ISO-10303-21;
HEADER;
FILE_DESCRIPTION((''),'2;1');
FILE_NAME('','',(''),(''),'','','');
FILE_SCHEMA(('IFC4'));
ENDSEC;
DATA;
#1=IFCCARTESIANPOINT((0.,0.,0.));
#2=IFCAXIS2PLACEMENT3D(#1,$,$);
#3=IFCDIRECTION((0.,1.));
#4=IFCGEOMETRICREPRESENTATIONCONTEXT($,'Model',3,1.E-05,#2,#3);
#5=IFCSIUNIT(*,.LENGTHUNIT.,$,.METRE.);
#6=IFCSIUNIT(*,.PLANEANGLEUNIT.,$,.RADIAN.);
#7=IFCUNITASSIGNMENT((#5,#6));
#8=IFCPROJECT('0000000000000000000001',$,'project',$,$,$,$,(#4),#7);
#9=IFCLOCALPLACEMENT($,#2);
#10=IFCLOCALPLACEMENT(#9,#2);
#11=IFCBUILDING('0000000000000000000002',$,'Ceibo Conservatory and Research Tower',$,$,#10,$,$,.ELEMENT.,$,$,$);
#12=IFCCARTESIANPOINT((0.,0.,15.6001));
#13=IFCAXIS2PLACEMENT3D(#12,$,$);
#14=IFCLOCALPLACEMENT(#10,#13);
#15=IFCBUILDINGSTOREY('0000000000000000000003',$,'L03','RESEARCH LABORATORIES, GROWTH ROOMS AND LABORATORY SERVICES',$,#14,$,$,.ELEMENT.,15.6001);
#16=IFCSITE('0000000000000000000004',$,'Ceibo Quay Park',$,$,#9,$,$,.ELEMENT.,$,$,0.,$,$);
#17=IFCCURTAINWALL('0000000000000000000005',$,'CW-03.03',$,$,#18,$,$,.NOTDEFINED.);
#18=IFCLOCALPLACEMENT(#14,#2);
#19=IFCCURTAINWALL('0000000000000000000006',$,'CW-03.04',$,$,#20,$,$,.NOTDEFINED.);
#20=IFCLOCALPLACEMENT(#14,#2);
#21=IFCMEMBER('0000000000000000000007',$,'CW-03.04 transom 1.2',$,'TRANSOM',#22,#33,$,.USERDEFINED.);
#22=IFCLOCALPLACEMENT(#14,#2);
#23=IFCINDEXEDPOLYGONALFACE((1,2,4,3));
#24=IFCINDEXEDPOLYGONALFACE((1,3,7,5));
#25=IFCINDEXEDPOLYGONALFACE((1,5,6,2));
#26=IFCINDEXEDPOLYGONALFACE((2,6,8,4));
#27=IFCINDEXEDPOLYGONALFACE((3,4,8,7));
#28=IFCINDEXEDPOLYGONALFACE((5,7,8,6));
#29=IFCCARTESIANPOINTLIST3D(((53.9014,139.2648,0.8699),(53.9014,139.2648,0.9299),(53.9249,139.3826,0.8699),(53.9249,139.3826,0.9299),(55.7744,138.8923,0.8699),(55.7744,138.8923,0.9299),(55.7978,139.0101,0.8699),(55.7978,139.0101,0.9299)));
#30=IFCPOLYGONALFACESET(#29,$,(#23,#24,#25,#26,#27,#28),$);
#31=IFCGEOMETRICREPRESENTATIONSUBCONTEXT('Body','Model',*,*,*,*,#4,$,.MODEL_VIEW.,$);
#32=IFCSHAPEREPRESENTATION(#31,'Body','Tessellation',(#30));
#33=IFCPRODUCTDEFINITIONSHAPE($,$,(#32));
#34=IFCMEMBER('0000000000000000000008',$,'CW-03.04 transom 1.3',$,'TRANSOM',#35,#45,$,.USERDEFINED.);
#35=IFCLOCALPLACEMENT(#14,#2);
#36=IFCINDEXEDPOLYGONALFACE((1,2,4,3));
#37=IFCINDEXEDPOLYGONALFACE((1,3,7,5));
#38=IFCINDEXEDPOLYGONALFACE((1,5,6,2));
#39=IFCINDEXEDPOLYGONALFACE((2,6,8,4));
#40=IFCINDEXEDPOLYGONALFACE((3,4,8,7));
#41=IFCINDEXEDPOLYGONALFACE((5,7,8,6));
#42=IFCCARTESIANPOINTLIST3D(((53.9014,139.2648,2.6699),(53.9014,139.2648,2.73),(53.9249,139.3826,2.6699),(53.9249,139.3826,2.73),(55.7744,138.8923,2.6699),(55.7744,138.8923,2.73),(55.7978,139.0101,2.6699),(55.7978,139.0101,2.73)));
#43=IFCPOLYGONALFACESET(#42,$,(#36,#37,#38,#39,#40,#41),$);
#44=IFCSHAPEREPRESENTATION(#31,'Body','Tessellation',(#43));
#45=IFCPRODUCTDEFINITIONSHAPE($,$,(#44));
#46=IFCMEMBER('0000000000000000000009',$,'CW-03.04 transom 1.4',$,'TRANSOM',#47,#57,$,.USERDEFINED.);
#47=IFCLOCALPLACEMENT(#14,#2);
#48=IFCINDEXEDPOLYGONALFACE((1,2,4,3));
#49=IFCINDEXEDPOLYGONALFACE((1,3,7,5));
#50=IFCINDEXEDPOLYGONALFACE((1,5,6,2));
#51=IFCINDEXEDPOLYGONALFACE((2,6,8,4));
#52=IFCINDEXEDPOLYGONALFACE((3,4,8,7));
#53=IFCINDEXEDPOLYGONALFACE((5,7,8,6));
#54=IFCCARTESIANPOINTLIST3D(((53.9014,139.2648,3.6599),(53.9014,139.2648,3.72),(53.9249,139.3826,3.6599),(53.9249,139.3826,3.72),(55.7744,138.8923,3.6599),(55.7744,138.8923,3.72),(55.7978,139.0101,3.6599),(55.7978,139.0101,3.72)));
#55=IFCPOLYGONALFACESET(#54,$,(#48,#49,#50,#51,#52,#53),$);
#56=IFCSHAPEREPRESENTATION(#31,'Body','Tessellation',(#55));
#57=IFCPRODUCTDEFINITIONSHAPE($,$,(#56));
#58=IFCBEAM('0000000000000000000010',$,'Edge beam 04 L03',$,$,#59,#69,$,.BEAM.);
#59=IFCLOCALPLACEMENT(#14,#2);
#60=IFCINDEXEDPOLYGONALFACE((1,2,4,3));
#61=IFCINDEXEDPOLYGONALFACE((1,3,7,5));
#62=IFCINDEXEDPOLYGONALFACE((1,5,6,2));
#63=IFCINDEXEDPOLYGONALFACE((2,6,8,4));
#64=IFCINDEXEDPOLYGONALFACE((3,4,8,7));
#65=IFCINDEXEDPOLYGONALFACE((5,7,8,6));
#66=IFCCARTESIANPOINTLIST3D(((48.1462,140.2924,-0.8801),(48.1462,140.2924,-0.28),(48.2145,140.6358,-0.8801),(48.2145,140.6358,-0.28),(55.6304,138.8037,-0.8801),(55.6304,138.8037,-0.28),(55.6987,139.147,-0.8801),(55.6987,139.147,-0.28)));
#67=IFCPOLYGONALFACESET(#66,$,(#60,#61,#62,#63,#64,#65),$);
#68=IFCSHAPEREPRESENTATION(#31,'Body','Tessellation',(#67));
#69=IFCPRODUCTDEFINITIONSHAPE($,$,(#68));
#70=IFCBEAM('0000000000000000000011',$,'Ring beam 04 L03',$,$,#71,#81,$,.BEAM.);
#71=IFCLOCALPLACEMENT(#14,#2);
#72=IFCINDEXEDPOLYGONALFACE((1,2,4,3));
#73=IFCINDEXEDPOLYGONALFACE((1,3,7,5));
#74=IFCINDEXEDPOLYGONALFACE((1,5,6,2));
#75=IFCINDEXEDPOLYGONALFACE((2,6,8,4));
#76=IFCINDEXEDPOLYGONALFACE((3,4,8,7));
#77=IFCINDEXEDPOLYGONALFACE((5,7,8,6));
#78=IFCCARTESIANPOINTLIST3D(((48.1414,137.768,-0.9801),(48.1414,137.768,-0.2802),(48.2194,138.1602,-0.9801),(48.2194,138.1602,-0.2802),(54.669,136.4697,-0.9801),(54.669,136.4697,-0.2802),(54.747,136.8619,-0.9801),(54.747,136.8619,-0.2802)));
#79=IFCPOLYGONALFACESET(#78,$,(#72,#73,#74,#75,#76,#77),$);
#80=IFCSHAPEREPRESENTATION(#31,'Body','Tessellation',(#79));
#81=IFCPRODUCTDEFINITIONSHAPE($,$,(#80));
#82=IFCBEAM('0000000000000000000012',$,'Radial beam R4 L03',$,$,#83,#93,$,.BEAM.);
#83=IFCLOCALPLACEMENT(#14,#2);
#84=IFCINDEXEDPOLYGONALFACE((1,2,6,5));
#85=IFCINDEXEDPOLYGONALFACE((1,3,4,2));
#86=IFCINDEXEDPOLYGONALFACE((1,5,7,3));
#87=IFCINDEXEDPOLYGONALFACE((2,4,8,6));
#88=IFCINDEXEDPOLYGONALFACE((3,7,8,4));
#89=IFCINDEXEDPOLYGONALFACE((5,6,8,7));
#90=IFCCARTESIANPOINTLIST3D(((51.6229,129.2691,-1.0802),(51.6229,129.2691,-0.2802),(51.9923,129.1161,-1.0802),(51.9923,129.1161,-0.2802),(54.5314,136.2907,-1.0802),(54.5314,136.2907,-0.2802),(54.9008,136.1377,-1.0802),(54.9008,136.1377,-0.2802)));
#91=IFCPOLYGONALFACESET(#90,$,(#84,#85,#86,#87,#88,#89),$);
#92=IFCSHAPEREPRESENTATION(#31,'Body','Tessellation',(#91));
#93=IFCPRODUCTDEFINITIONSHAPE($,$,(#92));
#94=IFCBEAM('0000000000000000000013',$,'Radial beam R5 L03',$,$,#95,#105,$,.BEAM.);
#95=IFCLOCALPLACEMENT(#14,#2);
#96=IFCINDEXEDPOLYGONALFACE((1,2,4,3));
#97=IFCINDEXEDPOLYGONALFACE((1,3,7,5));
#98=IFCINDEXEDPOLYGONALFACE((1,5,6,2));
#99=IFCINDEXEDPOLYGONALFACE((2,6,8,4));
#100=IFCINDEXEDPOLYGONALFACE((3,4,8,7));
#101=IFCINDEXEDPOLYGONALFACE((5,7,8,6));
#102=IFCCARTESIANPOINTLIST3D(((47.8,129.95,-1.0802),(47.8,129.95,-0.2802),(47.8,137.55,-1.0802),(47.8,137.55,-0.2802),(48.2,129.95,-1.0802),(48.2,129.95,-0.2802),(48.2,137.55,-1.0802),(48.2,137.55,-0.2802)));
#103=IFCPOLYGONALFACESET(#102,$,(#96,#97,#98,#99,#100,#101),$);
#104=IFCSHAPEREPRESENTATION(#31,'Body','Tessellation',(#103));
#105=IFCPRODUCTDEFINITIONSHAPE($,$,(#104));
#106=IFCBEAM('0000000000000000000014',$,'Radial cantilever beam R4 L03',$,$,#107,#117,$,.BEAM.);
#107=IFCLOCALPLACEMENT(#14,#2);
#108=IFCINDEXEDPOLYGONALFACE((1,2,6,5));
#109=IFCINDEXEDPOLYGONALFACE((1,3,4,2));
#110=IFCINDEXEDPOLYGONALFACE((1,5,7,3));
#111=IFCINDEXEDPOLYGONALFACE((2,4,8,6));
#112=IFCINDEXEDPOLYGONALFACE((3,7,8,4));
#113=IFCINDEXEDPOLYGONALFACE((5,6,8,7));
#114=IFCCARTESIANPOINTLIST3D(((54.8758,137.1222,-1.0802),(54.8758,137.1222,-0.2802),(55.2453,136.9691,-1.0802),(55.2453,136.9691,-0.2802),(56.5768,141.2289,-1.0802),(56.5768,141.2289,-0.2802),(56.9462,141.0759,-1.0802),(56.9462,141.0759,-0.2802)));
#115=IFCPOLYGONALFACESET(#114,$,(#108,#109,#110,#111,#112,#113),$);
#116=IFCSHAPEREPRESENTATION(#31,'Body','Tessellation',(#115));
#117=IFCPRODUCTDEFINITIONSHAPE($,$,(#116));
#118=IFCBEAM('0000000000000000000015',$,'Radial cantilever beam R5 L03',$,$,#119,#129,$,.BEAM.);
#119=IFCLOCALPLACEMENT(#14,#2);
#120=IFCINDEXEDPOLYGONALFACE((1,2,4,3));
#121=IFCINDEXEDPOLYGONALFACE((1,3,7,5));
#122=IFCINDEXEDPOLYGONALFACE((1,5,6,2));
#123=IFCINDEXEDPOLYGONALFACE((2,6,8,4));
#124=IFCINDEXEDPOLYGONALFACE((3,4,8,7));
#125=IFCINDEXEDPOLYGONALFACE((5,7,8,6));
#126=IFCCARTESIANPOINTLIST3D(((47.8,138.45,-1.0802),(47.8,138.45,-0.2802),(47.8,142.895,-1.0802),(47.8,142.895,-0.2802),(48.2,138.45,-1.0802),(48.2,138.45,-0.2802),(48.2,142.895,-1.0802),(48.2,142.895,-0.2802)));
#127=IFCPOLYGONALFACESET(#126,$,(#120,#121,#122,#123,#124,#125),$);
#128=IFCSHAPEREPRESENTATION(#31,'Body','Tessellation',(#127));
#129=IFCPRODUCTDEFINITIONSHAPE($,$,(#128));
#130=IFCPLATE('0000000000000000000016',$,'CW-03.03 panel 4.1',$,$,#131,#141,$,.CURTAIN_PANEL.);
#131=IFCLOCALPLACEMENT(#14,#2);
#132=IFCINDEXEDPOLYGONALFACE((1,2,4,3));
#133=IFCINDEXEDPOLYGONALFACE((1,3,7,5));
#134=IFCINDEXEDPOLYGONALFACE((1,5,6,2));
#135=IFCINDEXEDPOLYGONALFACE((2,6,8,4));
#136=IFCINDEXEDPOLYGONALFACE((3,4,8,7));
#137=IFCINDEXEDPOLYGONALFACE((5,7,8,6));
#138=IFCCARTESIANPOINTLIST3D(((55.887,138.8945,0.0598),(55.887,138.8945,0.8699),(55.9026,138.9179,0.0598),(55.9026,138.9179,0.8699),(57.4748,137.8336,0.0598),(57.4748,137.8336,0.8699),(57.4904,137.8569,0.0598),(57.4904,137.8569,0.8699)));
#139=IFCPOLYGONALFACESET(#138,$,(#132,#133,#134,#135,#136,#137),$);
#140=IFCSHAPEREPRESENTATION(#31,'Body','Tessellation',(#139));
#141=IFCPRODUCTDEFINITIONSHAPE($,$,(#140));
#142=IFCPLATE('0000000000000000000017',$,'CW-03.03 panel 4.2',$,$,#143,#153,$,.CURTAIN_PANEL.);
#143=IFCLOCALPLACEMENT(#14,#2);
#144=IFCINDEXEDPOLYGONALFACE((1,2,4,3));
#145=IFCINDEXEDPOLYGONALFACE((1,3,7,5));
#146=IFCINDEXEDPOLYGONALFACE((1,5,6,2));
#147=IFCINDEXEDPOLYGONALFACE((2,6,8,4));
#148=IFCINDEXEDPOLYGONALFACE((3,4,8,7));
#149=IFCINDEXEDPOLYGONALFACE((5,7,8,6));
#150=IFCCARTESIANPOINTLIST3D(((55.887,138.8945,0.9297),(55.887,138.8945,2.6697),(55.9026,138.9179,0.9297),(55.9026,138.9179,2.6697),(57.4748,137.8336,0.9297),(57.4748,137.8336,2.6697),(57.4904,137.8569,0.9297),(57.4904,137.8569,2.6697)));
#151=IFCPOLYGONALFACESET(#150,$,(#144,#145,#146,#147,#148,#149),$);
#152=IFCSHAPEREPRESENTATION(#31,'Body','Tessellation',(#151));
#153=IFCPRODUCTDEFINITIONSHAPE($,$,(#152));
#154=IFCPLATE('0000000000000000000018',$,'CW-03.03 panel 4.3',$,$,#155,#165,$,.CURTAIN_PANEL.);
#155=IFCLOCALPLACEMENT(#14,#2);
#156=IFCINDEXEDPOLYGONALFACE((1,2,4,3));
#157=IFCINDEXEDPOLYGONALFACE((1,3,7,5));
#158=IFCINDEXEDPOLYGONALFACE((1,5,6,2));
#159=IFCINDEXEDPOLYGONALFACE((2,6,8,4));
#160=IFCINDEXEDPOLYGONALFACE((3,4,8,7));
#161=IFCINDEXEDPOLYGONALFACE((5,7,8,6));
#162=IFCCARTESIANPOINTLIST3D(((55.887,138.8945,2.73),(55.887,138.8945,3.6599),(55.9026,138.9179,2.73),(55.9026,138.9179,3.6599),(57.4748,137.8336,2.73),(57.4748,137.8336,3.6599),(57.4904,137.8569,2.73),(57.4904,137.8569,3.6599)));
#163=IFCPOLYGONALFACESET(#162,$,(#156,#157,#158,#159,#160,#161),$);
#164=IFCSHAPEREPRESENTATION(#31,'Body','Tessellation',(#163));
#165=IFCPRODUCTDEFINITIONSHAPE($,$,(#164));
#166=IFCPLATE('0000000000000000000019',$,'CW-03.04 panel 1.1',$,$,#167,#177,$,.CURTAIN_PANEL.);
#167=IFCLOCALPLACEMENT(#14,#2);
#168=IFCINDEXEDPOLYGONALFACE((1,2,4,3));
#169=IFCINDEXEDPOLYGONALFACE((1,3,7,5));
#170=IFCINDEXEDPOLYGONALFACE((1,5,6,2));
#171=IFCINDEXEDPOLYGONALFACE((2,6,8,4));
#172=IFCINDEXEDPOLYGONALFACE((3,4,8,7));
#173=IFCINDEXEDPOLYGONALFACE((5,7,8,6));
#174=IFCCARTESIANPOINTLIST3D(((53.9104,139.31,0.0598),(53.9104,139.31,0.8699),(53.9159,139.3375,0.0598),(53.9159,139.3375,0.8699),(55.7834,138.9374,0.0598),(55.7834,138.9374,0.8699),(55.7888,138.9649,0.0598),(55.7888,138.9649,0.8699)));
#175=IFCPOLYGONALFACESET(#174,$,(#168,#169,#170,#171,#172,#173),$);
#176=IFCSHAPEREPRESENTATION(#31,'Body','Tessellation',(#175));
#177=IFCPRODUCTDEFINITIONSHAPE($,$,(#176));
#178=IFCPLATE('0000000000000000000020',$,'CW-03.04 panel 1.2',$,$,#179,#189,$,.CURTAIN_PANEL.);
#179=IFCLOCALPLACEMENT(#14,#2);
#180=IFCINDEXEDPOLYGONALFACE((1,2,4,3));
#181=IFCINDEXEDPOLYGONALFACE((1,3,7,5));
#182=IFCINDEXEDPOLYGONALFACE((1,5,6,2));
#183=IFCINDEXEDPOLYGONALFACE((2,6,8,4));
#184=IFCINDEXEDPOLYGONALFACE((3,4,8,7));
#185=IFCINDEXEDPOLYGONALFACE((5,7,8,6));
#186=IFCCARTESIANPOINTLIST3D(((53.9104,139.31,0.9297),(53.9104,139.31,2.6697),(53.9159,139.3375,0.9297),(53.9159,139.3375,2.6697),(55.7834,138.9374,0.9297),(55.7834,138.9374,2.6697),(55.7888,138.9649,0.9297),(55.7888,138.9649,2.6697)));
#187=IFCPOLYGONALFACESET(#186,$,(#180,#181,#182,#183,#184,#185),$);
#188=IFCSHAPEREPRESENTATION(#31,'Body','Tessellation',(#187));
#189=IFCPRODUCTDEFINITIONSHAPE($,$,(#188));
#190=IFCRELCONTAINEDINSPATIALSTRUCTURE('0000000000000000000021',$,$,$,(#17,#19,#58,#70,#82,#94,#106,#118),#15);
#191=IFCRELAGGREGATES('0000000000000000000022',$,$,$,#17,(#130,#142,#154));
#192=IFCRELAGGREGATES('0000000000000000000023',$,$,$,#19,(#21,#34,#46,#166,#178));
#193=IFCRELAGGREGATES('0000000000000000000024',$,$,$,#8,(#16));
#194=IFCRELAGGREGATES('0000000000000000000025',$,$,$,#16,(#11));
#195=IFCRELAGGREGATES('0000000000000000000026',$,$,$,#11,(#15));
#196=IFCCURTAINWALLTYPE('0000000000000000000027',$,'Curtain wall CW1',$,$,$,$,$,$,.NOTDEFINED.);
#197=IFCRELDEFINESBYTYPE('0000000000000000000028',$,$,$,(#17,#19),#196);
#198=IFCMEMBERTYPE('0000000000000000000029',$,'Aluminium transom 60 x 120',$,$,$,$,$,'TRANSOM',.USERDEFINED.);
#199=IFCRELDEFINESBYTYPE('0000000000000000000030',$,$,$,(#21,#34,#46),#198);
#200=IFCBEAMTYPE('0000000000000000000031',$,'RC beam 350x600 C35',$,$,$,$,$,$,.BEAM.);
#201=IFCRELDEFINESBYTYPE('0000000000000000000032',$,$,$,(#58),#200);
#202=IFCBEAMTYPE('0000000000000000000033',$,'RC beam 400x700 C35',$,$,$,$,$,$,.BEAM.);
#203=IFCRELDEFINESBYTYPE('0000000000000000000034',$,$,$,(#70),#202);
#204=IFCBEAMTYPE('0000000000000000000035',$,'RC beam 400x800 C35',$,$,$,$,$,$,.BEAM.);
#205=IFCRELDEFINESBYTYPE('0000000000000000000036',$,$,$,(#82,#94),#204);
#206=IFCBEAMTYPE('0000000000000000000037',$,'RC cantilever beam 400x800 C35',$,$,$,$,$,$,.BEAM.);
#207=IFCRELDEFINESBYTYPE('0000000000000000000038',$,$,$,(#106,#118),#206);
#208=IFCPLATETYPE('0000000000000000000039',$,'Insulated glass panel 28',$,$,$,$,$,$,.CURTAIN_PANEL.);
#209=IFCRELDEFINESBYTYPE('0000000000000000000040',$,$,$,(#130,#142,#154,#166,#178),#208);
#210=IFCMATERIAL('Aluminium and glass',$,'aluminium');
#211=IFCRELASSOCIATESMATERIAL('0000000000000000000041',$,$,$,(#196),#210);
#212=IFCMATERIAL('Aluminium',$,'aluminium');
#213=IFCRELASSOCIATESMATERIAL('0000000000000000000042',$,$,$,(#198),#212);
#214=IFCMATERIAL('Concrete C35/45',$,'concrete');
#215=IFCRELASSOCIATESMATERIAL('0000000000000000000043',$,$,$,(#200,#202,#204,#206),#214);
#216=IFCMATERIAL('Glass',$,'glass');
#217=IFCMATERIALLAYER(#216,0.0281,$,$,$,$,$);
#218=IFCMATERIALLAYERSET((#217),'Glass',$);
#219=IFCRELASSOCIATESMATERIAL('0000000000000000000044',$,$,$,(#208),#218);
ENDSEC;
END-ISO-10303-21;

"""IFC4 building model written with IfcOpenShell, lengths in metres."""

from ifc_helpers import new_model, si_unit, direction, frame, origin, origin_2d, place, context, subcontext, project, spatial, rectangle, extrude, material, layer, layer_set, material_profile, profile_set, type_object, element, aggregate, save


model = new_model("IFC4")

# Units and contexts
model_context = context("Model", 3, precision=1e-05, world=origin(), true_north=direction((0.0, 1.0)))
body_context = subcontext(model_context, "Body", "Model", "MODEL_VIEW")
ifc_project = project(units=[si_unit("LENGTHUNIT", "METRE"), si_unit("PLANEANGLEUNIT", "RADIAN")], contexts=[model_context])

# Site, building, storey
site_placement = place(None, origin())
site = spatial("IfcSite", under=ifc_project, at=site_placement, Name="Ceibo Quay Park", CompositionType="ELEMENT", RefElevation=0.0)
building_placement = place(site_placement, origin())
building = spatial("IfcBuilding", under=site, at=building_placement, Name="Ceibo Conservatory and Research Tower", CompositionType="ELEMENT")
storey_placement = place(building_placement, frame((0.0, 0.0, 15.6001)))
storey = spatial("IfcBuildingStorey", under=building, at=storey_placement, Name="L03", Description="RESEARCH LABORATORIES, GROWTH ROOMS AND LABORATORY SERVICES", CompositionType="ELEMENT", Elevation=15.6001)

# Shared definitions
ifc_material_1 = material(Name="Concrete C35/45", Category="concrete")

# Curtain wall
ifc_material_2 = material(Name="Aluminium and glass", Category="aluminium")
curtain_wall_type = type_object("IfcCurtainWallType", Name="Curtain wall CW1", PredefinedType="NOTDEFINED", material=ifc_material_2)
curtain_wall_1_placement = place(storey_placement, origin())
curtain_wall_1 = element("IfcCurtainWall", 1, at=curtain_wall_1_placement, inside=storey, type_object=curtain_wall_type, Name="CW-03.03", PredefinedType="NOTDEFINED")
ifc_material_3 = material(Name="Aluminium", Category="aluminium")

# Curtain wall
curtain_wall_2_placement = place(storey_placement, origin())
curtain_wall_2 = element("IfcCurtainWall", 2, at=curtain_wall_2_placement, inside=storey, type_object=curtain_wall_type, Name="CW-03.04", PredefinedType="NOTDEFINED")

# Members
ifc_material_profile_1 = material_profile(ifc_material_3, rectangle(XDim=0.1201, YDim=0.0601, at=origin_2d()), Name="Aluminium 60 x 120")
ifc_profile_set_1 = profile_set([ifc_material_profile_1], Name="Aluminium")
member_type_1 = type_object("IfcMemberType", Name="Aluminium transom 60 x 120", ElementType="TRANSOM", PredefinedType="USERDEFINED", material=ifc_profile_set_1)
member_1_placement = place(storey_placement, frame((55.7861, 138.9512, 0.8999), z_axis=(-0.980787, 0.195083, 0.0), x_axis=(-0.195083, -0.980787, 0.0)))
member_1 = element("IfcMember", 3, at=member_1_placement, type_object=member_type_1, Name="CW-03.04 transom 1.2", ObjectType="TRANSOM", PredefinedType="USERDEFINED", context=body_context, shape_type="SweptSolid", body=[
    extrude(rectangle(XDim=0.1201, YDim=0.0601, at=origin_2d()), origin(), (0.0, 0.0, 1.0), 1.9097),
])
member_2_placement = place(storey_placement, frame((55.7861, 138.9512, 2.7), z_axis=(-0.980787, 0.195083, 0.0), x_axis=(-0.195083, -0.980787, 0.0)))
member_2 = element("IfcMember", 4, at=member_2_placement, type_object=member_type_1, Name="CW-03.04 transom 1.3", ObjectType="TRANSOM", PredefinedType="USERDEFINED", context=body_context, shape_type="SweptSolid", body=[
    extrude(rectangle(XDim=0.1201, YDim=0.0601, at=origin_2d()), origin(), (0.0, 0.0, 1.0), 1.9097),
])
member_3_placement = place(storey_placement, frame((55.7861, 138.9512, 3.6899), z_axis=(-0.980787, 0.195083, 0.0), x_axis=(-0.195083, -0.980787, 0.0)))
member_3 = element("IfcMember", 5, at=member_3_placement, type_object=member_type_1, Name="CW-03.04 transom 1.4", ObjectType="TRANSOM", PredefinedType="USERDEFINED", context=body_context, shape_type="SweptSolid", body=[
    extrude(rectangle(XDim=0.1201, YDim=0.0601, at=origin_2d()), origin(), (0.0, 0.0, 1.0), 1.9097),
])

# Beams
ifc_material_profile_2 = material_profile(ifc_material_1, rectangle(XDim=0.3501, YDim=0.6001, at=origin_2d()), Name="RC 350x600")
ifc_profile_set_2 = profile_set([ifc_material_profile_2], Name="Concrete C35/45")
beam_type_1 = type_object("IfcBeamType", Name="RC beam 350x600 C35", PredefinedType="BEAM", material=ifc_profile_set_2)
beam_1_placement = place(storey_placement, frame((55.6646, 138.9753, -0.5801), z_axis=(-0.980783, 0.195101, 0.0), x_axis=(-0.195101, -0.980783, 0.0)))
element("IfcBeam", 6, at=beam_1_placement, inside=storey, type_object=beam_type_1, Name="Edge beam 04 L03", PredefinedType="BEAM", context=body_context, shape_type="SweptSolid", body=[
    extrude(rectangle(XDim=0.3501, YDim=0.6001, at=origin_2d()), origin(), (0.0, 0.0, 1.0), 7.6309),
])
ifc_material_profile_3 = material_profile(ifc_material_1, rectangle(XDim=0.3999, YDim=0.7, at=origin_2d()), Name="RC 400x700")
ifc_profile_set_3 = profile_set([ifc_material_profile_3], Name="Concrete C35/45")
beam_type_2 = type_object("IfcBeamType", Name="RC beam 400x700 C35", PredefinedType="BEAM", material=ifc_profile_set_3)
beam_2_placement = place(storey_placement, frame((54.708, 136.6658, -0.6301), z_axis=(-0.980788, 0.195079, 0.0), x_axis=(-0.195079, -0.980788, 0.0)))
element("IfcBeam", 7, at=beam_2_placement, inside=storey, type_object=beam_type_2, Name="Ring beam 04 L03", PredefinedType="BEAM", context=body_context, shape_type="SweptSolid", body=[
    extrude(rectangle(XDim=0.3999, YDim=0.7, at=origin_2d()), origin(), (0.0, 0.0, 1.0), 6.6555),
])
ifc_material_profile_4 = material_profile(ifc_material_1, rectangle(XDim=0.3999, YDim=0.8, at=origin_2d()), Name="RC 400x800")
ifc_profile_set_4 = profile_set([ifc_material_profile_4], Name="Concrete C35/45")
beam_type_3 = type_object("IfcBeamType", Name="RC beam 400x800 C35", PredefinedType="BEAM", material=ifc_profile_set_4)
for number, where, z_axis, x_axis, name in (
    (8, (51.8076, 129.1926, -0.6802), (0.382689, 0.923877, 0.0), (-0.923877, 0.382689, 0.0), "Radial beam R4 L03"),
    (9, (48.0, 129.95, -0.6802), (0.0, 1.0, 0.0), (-1.0, 0.0, 0.0), "Radial beam R5 L03"),
):
    element("IfcBeam", number, at=place(storey_placement, frame(where, z_axis=z_axis, x_axis=x_axis)), inside=storey, type_object=beam_type_3, Name=name, PredefinedType="BEAM", context=body_context, shape_type="SweptSolid", body=[
        extrude(rectangle(XDim=0.3999, YDim=0.8, at=origin_2d()), origin(), (0.0, 0.0, 1.0), 7.6001),
    ])
ifc_material_profile_5 = material_profile(ifc_material_1, rectangle(XDim=0.3999, YDim=0.8, at=origin_2d()), Name="RC 400x800")
ifc_profile_set_5 = profile_set([ifc_material_profile_5], Name="Concrete C35/45")
beam_type_4 = type_object("IfcBeamType", Name="RC cantilever beam 400x800 C35", PredefinedType="BEAM", material=ifc_profile_set_5)
for number, where, z_axis, x_axis, name in (
    (10, (55.0605, 137.0457, -0.6802), (0.382661, 0.923889, 0.0), (-0.923889, 0.382661, 0.0), "Radial cantilever beam R4 L03"),
    (11, (48.0, 138.45, -0.6802), (0.0, 1.0, 0.0), (-1.0, 0.0, 0.0), "Radial cantilever beam R5 L03"),
):
    element("IfcBeam", number, at=place(storey_placement, frame(where, z_axis=z_axis, x_axis=x_axis)), inside=storey, type_object=beam_type_4, Name=name, PredefinedType="BEAM", context=body_context, shape_type="SweptSolid", body=[
        extrude(rectangle(XDim=0.3999, YDim=0.8, at=origin_2d()), origin(), (0.0, 0.0, 1.0), 4.4451),
    ])

# Plates
ifc_material_4 = material(Name="Glass", Category="glass")
ifc_layer_1 = layer(ifc_material_4, 0.0281)
ifc_layer_set_1 = layer_set([ifc_layer_1], Name="Glass")
plate_type = type_object("IfcPlateType", Name="Insulated glass panel 28", PredefinedType="CURTAIN_PANEL", material=ifc_layer_set_1)
plate_1_placement = place(storey_placement, frame((56.6887, 138.3757, 0.0598), z_axis=(0.0, 0.0, 1.0), x_axis=(-0.83147, 0.55557, 0.0)))
plate_1 = element("IfcPlate", 12, at=plate_1_placement, type_object=plate_type, Name="CW-03.03 panel 4.1", PredefinedType="CURTAIN_PANEL", context=body_context, shape_type="SweptSolid", body=[
    extrude(rectangle(XDim=1.9097, YDim=0.0281, at=origin_2d()), origin(), (0.0, 0.0, 1.0), 0.8101),
])
plate_2_placement = place(storey_placement, frame((56.6887, 138.3757, 0.9297), z_axis=(0.0, 0.0, 1.0), x_axis=(-0.83147, 0.55557, 0.0)))
plate_2 = element("IfcPlate", 13, at=plate_2_placement, type_object=plate_type, Name="CW-03.03 panel 4.2", PredefinedType="CURTAIN_PANEL", context=body_context, shape_type="SweptSolid", body=[
    extrude(rectangle(XDim=1.9097, YDim=0.0281, at=origin_2d()), origin(), (0.0, 0.0, 1.0), 1.74),
])
plate_3_placement = place(storey_placement, frame((56.6887, 138.3757, 2.73), z_axis=(0.0, 0.0, 1.0), x_axis=(-0.83147, 0.55557, 0.0)))
plate_3 = element("IfcPlate", 14, at=plate_3_placement, type_object=plate_type, Name="CW-03.03 panel 4.3", PredefinedType="CURTAIN_PANEL", context=body_context, shape_type="SweptSolid", body=[
    extrude(rectangle(XDim=1.9097, YDim=0.0281, at=origin_2d()), origin(), (0.0, 0.0, 1.0), 0.9299),
])
aggregate(curtain_wall_1, [plate_1, plate_2, plate_3])
plate_4_placement = place(storey_placement, frame((54.8496, 139.1375, 0.0598), z_axis=(0.0, 0.0, 1.0), x_axis=(-0.980785, 0.19509, 0.0)))
plate_4 = element("IfcPlate", 15, at=plate_4_placement, type_object=plate_type, Name="CW-03.04 panel 1.1", PredefinedType="CURTAIN_PANEL", context=body_context, shape_type="SweptSolid", body=[
    extrude(rectangle(XDim=1.9097, YDim=0.0281, at=origin_2d()), origin(), (0.0, 0.0, 1.0), 0.8101),
])
plate_5_placement = place(storey_placement, frame((54.8496, 139.1375, 0.9297), z_axis=(0.0, 0.0, 1.0), x_axis=(-0.980785, 0.19509, 0.0)))
plate_5 = element("IfcPlate", 16, at=plate_5_placement, type_object=plate_type, Name="CW-03.04 panel 1.2", PredefinedType="CURTAIN_PANEL", context=body_context, shape_type="SweptSolid", body=[
    extrude(rectangle(XDim=1.9097, YDim=0.0281, at=origin_2d()), origin(), (0.0, 0.0, 1.0), 1.74),
])
aggregate(curtain_wall_2, [member_1, member_2, member_3, plate_4, plate_5])

save(model, "model.ifc")
